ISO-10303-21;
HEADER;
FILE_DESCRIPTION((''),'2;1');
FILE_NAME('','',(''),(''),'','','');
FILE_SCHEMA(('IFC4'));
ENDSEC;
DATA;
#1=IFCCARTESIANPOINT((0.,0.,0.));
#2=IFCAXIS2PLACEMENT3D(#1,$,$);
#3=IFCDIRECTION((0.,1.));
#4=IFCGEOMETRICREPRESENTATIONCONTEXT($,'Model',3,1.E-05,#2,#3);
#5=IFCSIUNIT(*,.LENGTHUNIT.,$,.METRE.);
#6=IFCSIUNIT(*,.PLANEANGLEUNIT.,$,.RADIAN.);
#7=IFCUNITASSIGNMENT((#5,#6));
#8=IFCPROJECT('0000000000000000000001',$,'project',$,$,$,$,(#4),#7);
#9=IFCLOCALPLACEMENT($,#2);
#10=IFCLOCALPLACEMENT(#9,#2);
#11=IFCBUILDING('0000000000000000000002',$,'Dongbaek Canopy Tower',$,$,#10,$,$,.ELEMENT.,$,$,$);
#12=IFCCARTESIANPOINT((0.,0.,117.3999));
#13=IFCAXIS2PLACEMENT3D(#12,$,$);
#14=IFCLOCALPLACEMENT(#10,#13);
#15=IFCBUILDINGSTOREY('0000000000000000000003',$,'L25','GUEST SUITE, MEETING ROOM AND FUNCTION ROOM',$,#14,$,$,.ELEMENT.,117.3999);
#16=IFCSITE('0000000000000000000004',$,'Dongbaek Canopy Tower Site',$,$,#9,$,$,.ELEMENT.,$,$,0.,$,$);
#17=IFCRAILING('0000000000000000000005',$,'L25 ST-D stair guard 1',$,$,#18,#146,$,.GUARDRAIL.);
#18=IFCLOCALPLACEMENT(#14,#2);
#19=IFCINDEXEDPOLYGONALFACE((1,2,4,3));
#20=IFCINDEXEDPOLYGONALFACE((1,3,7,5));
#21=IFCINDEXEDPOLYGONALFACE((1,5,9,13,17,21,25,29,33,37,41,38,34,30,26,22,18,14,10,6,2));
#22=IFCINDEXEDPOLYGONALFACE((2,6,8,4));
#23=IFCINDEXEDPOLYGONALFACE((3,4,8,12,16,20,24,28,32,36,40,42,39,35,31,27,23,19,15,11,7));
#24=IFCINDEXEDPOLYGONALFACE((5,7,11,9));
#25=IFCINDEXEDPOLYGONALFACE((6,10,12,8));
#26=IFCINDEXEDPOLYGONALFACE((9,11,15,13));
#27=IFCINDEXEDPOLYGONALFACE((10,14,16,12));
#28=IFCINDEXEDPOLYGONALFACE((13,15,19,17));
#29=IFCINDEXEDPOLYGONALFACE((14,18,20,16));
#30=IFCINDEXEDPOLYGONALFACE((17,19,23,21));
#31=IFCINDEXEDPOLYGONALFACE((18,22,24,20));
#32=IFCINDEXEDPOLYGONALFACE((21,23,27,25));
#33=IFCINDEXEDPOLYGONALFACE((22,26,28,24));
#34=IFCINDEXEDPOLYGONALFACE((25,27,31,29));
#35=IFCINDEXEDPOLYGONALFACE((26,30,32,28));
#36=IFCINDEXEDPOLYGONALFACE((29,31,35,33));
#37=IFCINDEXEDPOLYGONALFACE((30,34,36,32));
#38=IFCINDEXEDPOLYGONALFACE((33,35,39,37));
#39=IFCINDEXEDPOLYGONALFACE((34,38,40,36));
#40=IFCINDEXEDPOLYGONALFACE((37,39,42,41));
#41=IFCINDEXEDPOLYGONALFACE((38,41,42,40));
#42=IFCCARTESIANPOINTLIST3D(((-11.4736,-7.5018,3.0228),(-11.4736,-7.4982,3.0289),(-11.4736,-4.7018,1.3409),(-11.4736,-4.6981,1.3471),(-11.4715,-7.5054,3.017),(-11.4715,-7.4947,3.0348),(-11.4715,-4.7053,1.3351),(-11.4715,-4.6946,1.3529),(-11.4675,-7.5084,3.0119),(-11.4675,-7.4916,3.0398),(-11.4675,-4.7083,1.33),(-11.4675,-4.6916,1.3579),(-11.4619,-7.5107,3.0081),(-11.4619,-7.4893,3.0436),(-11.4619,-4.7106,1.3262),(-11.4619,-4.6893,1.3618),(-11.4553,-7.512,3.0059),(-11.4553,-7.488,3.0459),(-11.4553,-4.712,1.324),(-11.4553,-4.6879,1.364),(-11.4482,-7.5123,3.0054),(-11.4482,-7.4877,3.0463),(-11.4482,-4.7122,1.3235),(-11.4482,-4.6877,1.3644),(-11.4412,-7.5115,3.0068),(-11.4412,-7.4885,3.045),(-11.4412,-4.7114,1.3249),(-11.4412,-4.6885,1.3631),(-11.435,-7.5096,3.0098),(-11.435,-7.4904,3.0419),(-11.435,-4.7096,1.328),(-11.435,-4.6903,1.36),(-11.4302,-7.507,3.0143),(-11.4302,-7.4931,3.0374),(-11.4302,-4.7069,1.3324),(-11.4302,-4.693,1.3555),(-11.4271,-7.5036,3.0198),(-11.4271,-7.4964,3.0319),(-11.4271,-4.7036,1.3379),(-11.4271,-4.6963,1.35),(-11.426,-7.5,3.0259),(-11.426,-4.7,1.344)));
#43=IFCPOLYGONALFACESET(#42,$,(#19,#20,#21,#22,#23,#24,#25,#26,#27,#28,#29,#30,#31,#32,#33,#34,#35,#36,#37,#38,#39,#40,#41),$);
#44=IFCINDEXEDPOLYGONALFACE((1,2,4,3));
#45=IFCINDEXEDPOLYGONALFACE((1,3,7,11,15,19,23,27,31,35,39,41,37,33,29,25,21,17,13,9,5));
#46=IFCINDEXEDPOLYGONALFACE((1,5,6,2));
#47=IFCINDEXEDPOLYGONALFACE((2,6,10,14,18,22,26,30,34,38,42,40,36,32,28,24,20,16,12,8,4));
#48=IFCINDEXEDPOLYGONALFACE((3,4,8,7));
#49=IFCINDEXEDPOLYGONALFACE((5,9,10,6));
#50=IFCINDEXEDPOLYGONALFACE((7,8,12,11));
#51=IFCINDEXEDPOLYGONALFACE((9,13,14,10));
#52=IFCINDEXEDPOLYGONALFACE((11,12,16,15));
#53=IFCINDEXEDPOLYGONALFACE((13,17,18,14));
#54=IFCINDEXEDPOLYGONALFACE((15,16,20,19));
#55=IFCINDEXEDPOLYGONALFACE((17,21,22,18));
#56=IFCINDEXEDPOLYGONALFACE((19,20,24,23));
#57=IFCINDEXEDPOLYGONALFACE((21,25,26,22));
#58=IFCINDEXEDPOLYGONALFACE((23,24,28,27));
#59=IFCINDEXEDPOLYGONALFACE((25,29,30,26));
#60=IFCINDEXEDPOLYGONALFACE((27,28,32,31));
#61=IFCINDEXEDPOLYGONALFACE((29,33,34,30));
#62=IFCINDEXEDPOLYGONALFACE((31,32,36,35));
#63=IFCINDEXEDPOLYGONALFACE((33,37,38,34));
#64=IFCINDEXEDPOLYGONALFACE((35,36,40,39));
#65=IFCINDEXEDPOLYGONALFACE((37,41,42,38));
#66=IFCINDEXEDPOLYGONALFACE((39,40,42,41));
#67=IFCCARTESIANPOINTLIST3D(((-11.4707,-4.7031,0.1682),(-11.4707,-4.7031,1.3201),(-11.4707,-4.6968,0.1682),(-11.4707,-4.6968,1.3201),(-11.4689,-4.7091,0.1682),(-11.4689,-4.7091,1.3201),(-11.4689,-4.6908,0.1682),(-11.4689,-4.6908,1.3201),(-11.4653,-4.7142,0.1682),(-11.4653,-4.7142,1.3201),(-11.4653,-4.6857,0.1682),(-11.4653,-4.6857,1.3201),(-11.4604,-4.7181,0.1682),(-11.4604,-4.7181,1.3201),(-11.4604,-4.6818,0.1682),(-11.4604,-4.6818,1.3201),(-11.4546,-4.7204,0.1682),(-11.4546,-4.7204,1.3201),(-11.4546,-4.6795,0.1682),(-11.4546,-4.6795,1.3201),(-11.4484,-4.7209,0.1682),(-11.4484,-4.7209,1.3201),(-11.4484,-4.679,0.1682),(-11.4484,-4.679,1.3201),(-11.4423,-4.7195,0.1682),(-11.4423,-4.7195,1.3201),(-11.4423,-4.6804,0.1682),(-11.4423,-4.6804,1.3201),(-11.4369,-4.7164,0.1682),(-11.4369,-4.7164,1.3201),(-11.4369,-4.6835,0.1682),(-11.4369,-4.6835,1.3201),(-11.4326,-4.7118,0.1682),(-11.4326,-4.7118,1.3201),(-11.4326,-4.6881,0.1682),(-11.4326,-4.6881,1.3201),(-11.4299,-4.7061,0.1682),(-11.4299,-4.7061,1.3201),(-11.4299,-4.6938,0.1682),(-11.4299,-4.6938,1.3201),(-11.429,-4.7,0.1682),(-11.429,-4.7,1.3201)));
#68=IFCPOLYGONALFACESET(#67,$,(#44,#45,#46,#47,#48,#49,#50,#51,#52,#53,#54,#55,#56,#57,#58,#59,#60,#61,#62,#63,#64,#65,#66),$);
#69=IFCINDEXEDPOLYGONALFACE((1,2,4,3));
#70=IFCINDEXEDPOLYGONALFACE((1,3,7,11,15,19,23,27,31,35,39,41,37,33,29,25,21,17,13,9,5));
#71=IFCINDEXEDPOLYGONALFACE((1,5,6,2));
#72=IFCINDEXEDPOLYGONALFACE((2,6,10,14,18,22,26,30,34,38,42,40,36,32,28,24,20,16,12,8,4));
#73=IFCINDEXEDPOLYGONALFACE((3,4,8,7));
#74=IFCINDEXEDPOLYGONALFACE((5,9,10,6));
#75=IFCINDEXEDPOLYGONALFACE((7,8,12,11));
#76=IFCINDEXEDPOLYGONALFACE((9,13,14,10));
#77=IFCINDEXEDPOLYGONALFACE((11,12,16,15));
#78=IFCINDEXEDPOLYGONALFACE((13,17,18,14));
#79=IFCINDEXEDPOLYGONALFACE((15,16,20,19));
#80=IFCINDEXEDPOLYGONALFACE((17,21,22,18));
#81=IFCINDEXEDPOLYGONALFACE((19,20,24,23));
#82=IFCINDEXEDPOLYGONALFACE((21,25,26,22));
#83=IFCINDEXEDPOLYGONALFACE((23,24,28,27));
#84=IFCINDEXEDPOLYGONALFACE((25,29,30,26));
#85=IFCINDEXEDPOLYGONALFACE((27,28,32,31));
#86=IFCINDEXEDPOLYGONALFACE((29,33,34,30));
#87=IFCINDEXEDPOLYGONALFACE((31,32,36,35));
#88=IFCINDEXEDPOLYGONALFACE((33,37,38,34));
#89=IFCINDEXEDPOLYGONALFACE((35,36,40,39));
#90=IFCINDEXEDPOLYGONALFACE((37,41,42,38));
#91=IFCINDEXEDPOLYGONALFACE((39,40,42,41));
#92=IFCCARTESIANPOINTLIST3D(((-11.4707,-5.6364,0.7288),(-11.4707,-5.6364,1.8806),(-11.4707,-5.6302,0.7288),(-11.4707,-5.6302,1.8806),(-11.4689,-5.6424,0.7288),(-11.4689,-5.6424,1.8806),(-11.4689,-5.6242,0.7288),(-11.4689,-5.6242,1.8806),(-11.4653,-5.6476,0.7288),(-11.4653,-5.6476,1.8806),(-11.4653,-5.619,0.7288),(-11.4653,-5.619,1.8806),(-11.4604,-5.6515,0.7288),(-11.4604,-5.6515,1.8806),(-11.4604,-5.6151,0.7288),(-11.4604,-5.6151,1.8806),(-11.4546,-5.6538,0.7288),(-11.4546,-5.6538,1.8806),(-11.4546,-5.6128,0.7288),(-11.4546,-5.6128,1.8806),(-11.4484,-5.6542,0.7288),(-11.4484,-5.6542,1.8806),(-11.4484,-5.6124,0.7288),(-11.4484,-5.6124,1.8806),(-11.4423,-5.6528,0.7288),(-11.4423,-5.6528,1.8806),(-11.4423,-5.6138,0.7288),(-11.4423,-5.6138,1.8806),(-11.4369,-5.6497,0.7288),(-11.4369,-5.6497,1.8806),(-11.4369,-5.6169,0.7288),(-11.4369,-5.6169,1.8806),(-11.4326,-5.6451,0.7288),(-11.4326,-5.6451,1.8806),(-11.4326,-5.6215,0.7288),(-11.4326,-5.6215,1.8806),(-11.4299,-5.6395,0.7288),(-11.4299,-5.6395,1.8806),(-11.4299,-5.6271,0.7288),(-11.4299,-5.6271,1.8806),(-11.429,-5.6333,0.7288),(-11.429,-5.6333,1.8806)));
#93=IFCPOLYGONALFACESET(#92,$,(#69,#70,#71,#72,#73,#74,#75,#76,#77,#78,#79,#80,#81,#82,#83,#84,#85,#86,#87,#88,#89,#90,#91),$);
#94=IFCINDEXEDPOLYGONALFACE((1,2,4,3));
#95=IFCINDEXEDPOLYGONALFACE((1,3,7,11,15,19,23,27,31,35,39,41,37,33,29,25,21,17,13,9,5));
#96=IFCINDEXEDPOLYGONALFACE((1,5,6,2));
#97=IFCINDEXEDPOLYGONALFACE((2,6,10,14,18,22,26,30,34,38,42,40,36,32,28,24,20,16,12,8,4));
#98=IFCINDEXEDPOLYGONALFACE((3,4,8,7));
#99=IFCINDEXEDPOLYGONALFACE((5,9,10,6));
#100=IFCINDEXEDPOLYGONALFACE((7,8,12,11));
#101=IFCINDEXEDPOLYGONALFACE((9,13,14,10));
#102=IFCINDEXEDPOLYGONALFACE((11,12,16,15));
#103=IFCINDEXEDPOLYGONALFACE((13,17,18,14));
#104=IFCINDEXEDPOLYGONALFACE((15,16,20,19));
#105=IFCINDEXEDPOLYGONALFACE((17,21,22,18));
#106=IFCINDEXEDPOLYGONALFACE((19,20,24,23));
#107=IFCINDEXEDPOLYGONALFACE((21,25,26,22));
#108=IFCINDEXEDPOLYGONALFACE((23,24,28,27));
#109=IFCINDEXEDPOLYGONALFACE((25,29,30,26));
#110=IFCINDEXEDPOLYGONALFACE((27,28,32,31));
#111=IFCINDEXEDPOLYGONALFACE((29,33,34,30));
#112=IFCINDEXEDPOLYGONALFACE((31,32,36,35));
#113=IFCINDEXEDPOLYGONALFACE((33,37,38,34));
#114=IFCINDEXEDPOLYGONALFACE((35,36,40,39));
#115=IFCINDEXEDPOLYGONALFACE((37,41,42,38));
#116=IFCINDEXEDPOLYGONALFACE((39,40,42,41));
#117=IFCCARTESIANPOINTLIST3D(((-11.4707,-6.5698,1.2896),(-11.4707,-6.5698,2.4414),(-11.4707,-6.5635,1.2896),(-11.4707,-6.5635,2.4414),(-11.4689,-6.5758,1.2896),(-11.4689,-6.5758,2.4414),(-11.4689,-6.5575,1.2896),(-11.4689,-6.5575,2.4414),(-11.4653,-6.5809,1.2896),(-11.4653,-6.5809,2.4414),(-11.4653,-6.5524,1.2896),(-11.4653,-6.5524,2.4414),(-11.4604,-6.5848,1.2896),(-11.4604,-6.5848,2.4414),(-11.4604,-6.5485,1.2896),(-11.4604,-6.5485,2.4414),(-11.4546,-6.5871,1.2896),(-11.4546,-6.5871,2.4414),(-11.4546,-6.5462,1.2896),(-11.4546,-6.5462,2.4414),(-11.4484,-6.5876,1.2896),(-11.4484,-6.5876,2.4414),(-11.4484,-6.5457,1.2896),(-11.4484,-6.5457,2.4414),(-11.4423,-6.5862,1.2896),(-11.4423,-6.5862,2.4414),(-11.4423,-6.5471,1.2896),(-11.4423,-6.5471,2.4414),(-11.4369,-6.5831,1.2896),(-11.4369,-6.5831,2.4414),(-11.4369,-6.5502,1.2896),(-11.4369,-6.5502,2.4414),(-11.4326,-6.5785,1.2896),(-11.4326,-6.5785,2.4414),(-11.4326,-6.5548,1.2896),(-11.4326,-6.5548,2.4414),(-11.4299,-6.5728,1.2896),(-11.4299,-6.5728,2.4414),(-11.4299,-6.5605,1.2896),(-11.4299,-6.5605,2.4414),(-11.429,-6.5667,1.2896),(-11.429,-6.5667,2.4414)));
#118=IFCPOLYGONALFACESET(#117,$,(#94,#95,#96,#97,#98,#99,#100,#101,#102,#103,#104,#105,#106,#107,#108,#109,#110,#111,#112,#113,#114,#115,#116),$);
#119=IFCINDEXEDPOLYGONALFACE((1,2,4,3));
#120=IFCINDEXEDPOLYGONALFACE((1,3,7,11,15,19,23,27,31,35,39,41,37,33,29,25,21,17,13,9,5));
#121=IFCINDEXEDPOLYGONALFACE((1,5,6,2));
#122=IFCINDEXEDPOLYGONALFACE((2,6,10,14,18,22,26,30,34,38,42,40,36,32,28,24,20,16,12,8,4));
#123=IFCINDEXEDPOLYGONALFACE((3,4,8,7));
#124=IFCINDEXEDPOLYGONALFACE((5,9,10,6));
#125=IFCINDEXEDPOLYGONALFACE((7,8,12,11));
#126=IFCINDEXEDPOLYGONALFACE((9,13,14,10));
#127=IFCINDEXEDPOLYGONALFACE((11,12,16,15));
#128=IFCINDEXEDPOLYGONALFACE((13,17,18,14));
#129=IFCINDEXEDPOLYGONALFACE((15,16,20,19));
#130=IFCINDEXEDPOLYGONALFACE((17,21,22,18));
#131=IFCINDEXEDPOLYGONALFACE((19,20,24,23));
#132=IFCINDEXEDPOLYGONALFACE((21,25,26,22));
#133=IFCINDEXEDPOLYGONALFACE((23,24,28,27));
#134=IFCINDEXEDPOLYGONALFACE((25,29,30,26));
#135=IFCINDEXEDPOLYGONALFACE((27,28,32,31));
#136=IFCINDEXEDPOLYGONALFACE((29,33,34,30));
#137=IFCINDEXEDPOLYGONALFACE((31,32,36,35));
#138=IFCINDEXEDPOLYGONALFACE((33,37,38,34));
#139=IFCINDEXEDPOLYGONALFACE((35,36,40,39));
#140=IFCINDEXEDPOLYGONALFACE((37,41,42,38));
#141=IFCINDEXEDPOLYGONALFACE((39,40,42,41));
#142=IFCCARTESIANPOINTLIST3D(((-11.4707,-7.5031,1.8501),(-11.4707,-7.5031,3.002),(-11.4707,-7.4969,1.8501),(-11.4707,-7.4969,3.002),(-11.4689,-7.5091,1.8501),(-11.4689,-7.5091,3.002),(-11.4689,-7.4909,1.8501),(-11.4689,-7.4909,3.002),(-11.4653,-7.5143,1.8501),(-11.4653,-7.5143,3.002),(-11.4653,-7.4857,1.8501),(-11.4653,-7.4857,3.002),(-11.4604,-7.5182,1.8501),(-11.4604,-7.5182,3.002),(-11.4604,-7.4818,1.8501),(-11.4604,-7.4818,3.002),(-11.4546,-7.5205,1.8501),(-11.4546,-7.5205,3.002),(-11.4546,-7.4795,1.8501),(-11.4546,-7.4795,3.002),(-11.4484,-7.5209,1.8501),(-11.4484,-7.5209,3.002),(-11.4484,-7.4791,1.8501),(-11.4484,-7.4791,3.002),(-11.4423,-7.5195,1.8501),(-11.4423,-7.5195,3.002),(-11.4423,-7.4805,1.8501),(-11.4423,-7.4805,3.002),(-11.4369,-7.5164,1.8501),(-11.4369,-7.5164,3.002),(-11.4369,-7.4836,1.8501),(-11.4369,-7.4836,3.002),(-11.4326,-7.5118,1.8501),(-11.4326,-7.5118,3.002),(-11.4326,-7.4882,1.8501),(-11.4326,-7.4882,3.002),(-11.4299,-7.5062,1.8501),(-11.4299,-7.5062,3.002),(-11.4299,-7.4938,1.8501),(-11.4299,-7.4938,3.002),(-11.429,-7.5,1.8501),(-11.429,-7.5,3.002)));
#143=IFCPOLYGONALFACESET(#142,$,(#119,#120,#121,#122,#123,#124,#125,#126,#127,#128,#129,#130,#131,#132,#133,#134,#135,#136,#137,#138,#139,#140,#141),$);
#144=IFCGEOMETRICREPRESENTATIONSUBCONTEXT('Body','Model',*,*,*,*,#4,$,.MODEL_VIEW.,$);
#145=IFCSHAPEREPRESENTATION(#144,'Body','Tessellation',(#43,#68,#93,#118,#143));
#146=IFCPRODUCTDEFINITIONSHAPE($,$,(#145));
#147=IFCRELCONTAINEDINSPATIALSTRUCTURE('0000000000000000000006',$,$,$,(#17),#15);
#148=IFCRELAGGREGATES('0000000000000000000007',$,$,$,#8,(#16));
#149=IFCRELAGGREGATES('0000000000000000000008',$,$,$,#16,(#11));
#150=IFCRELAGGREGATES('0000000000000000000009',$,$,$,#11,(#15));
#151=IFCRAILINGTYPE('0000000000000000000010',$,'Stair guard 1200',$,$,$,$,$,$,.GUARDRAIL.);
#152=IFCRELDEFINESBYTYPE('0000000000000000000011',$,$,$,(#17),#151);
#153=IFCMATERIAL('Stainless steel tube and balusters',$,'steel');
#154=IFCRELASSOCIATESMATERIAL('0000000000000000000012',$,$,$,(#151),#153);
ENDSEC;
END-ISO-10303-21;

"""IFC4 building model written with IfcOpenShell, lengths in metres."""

from ifc_helpers import new_model, si_unit, direction, frame, origin, origin_2d, place, context, subcontext, project, spatial, circle, extrude, material, type_object, element, save


model = new_model("IFC4")

# Units and contexts
model_context = context("Model", 3, precision=1e-05, world=origin(), true_north=direction((0.0, 1.0)))
body_context = subcontext(model_context, "Body", "Model", "MODEL_VIEW")
ifc_project = project(units=[si_unit("LENGTHUNIT", "METRE"), si_unit("PLANEANGLEUNIT", "RADIAN")], contexts=[model_context])

# Site, building, storey
site_placement = place(None, origin())
site = spatial("IfcSite", under=ifc_project, at=site_placement, Name="Dongbaek Canopy Tower Site", CompositionType="ELEMENT", RefElevation=0.0)
building_placement = place(site_placement, origin())
building = spatial("IfcBuilding", under=site, at=building_placement, Name="Dongbaek Canopy Tower", CompositionType="ELEMENT")
storey_placement = place(building_placement, frame((0.0, 0.0, 117.3999)))
storey = spatial("IfcBuildingStorey", under=building, at=storey_placement, Name="L25", Description="GUEST SUITE, MEETING ROOM AND FUNCTION ROOM", CompositionType="ELEMENT", Elevation=117.3999)

# Railing
ifc_material_1 = material(Name="Stainless steel tube and balusters", Category="steel")
railing_type_1 = type_object("IfcRailingType", Name="Stair guard 1200", PredefinedType="GUARDRAIL", material=ifc_material_1)
railing_1_placement = place(storey_placement, frame((-11.45, -4.7, 0.1682)))
element("IfcRailing", 1, at=railing_1_placement, inside=storey, type_object=railing_type_1, Name="L25 ST-D stair guard 1", PredefinedType="GUARDRAIL", context=body_context, shape_type="SweptSolid", body=[
    extrude(circle(Radius=0.0239, at=origin_2d()), frame((0.0, 0.0, 1.1758), z_axis=(0.0, -0.857242, 0.514913), x_axis=(1.0, 0.0, 0.0)), (0.0, 0.0, 1.0), 3.2664),
    extrude(circle(Radius=0.021, at=origin_2d()), origin(), (0.0, 0.0, 1.0), 1.1519),
    extrude(circle(Radius=0.021, at=origin_2d()), frame((0.0, -0.9333, 0.5605)), (0.0, 0.0, 1.0), 1.1519),
    extrude(circle(Radius=0.021, at=origin_2d()), frame((0.0, -1.8667, 1.1213)), (0.0, 0.0, 1.0), 1.1519),
    extrude(circle(Radius=0.021, at=origin_2d()), frame((0.0, -2.8, 1.6819)), (0.0, 0.0, 1.0), 1.1519),
])

save(model, "model.ifc")
